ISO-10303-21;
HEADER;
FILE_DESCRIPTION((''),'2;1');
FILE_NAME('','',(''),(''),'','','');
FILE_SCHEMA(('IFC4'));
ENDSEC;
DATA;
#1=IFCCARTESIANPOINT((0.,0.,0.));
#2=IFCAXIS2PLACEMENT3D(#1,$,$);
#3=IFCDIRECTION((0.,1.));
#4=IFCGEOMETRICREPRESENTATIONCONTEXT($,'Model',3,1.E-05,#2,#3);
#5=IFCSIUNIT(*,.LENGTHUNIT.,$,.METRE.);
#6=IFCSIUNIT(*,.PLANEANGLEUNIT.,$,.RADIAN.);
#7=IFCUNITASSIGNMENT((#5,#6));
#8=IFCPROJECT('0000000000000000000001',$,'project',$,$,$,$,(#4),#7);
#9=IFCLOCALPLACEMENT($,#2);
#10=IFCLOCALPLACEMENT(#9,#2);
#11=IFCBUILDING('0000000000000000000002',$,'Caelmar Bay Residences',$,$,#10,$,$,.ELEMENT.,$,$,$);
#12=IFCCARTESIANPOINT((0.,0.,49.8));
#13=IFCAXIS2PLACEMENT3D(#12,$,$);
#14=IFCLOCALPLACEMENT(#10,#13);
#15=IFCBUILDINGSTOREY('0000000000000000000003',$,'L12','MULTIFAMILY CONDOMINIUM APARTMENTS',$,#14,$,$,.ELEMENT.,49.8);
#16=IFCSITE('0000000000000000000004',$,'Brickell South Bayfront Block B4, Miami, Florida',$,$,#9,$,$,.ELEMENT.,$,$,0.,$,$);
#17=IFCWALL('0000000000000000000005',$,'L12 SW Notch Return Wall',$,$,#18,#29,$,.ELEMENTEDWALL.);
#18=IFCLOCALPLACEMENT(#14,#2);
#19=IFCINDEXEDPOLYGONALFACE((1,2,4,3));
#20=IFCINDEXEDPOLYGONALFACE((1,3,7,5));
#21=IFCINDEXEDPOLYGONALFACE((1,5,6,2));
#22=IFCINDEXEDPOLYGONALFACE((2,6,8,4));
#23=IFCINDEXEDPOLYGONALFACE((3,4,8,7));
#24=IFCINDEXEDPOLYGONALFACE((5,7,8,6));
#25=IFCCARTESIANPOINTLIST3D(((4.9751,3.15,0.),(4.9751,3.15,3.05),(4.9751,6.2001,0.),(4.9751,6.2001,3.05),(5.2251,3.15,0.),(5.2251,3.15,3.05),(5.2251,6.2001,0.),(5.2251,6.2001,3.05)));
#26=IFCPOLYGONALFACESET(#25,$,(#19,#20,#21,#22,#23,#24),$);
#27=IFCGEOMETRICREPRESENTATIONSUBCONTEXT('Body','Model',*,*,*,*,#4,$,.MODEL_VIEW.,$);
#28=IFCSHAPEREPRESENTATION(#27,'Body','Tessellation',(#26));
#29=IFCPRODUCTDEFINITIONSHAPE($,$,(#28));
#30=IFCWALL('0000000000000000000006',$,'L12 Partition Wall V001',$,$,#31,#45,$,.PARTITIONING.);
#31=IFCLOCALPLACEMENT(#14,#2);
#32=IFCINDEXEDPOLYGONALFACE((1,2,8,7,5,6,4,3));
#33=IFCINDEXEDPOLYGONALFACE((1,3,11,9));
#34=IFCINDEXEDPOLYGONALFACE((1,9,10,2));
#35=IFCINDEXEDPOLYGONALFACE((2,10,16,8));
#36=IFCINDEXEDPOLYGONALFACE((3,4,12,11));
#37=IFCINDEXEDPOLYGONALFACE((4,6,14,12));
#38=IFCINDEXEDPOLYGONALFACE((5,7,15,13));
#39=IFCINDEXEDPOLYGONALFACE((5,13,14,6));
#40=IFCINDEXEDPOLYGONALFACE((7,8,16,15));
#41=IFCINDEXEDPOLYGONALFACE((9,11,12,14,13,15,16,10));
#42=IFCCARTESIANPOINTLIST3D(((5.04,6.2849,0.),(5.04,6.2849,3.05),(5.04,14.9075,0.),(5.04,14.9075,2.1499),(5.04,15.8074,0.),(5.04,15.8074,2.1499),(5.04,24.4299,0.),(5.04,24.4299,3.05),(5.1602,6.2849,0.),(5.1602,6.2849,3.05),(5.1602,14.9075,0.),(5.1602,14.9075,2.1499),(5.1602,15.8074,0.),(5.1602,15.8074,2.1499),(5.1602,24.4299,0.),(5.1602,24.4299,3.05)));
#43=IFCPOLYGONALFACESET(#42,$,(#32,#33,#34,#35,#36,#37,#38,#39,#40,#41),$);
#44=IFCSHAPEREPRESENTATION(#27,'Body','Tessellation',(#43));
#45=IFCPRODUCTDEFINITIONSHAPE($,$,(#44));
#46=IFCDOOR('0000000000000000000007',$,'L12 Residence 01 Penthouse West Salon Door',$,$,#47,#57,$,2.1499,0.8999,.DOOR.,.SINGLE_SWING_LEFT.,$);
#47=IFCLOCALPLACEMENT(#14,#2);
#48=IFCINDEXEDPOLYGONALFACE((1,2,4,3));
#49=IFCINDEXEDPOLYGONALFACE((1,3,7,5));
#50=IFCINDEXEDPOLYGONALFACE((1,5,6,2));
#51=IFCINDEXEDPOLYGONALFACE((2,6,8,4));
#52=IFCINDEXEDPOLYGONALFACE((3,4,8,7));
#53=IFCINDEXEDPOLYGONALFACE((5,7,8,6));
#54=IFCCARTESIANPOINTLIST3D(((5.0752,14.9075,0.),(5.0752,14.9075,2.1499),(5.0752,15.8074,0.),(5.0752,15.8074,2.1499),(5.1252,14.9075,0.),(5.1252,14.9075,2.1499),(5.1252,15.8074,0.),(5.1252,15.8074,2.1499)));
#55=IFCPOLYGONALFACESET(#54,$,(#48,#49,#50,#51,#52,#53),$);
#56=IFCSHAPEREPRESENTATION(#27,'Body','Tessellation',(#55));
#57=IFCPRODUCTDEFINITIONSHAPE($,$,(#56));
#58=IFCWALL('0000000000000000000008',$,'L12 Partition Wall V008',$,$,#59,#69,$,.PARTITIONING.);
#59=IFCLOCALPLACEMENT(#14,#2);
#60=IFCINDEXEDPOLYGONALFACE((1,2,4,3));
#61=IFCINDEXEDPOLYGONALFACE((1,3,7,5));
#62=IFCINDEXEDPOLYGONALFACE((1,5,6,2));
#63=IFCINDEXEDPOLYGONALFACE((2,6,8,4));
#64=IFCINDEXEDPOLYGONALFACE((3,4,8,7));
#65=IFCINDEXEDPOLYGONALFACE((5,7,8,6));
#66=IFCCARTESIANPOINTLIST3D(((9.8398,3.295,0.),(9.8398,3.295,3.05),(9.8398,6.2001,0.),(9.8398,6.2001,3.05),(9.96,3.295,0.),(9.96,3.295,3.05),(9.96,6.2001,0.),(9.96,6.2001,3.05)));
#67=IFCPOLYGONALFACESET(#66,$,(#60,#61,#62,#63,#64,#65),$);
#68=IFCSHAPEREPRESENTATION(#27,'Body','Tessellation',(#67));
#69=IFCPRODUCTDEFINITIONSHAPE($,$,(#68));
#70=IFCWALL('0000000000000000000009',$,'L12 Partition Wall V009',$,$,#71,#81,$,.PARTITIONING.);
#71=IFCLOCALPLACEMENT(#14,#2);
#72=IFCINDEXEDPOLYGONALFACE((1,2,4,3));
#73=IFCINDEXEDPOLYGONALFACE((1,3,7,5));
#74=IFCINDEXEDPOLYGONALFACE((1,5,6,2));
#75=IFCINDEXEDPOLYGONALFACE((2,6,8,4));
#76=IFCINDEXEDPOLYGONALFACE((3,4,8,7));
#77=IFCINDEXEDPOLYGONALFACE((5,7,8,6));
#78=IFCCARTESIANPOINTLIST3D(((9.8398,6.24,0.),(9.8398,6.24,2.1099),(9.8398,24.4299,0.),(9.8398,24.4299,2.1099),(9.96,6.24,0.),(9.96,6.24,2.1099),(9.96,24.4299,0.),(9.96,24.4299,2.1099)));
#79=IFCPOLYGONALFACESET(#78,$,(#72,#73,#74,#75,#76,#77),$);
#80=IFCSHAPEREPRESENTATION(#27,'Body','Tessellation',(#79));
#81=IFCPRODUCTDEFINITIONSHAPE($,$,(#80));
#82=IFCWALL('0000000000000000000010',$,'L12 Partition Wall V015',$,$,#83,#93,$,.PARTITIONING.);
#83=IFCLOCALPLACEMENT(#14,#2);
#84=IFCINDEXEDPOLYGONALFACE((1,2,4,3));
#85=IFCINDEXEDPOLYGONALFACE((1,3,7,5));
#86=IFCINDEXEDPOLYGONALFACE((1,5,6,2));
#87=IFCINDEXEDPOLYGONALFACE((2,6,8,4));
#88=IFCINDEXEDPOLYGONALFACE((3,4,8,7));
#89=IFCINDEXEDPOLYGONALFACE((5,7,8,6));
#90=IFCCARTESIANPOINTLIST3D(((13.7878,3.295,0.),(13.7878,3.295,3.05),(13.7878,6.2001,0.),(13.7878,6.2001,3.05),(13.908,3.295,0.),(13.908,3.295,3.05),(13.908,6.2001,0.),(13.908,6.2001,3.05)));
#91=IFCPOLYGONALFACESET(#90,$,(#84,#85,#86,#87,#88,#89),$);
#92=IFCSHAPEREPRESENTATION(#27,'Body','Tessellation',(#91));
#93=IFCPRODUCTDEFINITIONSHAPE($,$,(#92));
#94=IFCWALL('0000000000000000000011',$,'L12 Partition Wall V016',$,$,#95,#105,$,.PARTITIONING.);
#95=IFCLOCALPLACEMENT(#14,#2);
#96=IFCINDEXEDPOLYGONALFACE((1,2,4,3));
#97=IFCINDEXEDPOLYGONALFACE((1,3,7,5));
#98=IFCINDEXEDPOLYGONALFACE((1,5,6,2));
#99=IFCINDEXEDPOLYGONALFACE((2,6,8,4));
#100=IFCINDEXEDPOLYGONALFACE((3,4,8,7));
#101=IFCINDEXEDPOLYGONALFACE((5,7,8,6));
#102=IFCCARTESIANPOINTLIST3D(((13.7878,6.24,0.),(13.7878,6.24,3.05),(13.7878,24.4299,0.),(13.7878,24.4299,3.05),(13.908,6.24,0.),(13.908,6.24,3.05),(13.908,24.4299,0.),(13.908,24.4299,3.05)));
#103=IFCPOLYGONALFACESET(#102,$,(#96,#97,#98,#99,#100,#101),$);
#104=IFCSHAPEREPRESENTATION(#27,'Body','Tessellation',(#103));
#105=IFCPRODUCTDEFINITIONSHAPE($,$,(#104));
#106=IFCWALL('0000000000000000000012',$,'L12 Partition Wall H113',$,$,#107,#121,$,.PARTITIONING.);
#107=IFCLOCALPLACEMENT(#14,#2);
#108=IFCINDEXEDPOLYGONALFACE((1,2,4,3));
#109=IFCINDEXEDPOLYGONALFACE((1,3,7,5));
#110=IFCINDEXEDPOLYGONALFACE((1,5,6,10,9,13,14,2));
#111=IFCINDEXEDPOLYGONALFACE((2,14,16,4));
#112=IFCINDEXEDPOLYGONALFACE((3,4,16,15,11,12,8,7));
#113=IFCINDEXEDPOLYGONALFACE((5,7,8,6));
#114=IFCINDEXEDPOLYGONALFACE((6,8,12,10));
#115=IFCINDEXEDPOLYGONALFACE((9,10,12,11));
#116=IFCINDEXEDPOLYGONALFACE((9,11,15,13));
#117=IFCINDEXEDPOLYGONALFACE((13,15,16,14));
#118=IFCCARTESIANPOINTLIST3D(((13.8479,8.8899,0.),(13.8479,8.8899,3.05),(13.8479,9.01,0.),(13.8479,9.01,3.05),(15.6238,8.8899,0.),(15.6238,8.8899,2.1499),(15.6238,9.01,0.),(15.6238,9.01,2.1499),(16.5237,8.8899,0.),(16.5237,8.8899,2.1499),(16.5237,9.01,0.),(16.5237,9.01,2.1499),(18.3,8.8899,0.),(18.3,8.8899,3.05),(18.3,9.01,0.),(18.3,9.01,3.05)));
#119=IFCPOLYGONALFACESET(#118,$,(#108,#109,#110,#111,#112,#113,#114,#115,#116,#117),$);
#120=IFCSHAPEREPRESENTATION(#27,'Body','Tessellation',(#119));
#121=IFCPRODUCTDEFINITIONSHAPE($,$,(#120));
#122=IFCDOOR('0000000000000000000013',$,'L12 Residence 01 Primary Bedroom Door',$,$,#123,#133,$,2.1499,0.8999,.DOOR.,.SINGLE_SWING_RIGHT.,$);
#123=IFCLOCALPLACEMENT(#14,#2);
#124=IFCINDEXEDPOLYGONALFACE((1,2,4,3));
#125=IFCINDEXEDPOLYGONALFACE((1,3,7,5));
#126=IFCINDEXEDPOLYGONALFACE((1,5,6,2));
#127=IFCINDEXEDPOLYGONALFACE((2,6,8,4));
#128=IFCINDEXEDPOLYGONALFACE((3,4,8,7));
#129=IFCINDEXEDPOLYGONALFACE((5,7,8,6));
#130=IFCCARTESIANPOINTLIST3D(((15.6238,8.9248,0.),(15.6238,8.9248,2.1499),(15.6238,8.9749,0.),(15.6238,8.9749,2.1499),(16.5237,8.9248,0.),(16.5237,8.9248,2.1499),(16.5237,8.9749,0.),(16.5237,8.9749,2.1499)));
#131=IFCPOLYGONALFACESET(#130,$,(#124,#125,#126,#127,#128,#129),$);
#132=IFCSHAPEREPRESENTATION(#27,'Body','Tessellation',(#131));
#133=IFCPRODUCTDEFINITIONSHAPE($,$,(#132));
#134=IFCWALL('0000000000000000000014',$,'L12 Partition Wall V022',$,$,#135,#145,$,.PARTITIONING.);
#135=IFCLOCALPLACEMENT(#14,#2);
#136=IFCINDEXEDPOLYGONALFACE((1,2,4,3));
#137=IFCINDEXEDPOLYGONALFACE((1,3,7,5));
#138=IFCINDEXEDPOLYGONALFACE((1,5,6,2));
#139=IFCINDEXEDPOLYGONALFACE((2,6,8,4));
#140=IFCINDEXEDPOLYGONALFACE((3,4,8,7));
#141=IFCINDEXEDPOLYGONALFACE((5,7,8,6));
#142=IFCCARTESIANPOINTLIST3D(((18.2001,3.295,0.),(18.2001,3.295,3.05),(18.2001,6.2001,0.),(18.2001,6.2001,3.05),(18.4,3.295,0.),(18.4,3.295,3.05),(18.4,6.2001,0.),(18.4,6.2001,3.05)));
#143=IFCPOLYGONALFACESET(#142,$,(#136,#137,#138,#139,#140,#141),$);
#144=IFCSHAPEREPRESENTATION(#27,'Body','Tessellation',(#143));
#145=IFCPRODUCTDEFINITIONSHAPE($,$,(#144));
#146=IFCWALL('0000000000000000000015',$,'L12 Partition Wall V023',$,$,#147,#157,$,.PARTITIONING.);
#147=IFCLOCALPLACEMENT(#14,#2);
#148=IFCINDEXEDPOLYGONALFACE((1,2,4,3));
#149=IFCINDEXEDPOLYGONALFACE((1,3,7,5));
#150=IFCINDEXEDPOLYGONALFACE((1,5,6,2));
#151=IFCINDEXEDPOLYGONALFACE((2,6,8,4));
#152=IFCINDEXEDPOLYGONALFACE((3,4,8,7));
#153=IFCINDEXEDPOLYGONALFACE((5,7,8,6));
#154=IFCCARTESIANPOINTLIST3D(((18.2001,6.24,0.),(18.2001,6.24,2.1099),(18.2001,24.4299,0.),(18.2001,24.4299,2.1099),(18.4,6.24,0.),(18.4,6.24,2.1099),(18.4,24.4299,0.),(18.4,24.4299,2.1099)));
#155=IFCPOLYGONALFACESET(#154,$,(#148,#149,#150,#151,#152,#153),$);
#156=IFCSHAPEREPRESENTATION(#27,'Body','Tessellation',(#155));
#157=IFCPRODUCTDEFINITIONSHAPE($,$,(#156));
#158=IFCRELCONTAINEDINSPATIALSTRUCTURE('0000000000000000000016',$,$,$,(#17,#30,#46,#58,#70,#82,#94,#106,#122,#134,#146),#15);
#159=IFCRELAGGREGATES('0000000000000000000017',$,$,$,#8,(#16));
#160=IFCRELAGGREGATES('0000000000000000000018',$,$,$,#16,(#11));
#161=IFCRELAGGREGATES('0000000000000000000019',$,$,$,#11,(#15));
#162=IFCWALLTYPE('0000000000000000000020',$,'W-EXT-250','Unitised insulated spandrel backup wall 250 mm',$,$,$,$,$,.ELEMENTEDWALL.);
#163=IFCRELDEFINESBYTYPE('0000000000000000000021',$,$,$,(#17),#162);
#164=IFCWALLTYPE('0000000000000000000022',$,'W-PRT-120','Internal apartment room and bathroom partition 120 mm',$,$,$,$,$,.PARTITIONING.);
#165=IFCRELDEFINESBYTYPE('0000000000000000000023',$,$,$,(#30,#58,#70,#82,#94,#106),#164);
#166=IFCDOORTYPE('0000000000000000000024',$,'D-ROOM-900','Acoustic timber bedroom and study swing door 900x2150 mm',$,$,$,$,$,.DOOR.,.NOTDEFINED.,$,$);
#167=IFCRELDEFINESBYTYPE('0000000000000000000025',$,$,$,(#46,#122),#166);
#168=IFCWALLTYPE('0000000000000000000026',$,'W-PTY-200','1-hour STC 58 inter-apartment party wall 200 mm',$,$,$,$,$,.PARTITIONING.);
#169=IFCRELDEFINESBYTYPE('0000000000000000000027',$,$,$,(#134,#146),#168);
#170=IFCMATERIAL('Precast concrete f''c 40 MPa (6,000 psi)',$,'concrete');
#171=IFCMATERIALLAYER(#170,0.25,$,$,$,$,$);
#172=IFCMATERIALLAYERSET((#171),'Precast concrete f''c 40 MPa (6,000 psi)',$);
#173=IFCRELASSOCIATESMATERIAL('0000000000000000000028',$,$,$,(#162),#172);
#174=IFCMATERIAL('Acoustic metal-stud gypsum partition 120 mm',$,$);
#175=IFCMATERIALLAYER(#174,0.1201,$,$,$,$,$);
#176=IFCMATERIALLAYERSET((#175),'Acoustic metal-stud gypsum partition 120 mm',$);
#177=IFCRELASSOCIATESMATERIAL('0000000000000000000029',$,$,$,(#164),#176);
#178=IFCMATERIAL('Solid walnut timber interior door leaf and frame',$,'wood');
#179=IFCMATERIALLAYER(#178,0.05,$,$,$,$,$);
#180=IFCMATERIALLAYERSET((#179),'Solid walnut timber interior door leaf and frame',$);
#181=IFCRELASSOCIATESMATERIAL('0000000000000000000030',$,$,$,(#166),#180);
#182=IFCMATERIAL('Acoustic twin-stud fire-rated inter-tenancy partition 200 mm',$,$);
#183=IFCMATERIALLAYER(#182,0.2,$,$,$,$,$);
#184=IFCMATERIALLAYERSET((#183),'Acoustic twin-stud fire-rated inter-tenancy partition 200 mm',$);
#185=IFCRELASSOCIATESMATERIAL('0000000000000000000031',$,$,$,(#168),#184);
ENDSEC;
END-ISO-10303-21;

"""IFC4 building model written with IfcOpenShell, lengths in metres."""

from ifc_helpers import new_model, si_unit, direction, frame, frame_2d, origin, place, context, subcontext, project, spatial, rectangle, extrude, material, layer, layer_set, type_object, element, fill, save


model = new_model("IFC4")

# Units and contexts
model_context = context("Model", 3, precision=1e-05, world=origin(), true_north=direction((0.0, 1.0)))
body_context = subcontext(model_context, "Body", "Model", "MODEL_VIEW")
ifc_project = project(units=[si_unit("LENGTHUNIT", "METRE"), si_unit("PLANEANGLEUNIT", "RADIAN")], contexts=[model_context])

# Site, building, storey
site_placement = place(None, origin())
site = spatial("IfcSite", under=ifc_project, at=site_placement, Name="Brickell South Bayfront Block B4, Miami, Florida", CompositionType="ELEMENT", RefElevation=0.0)
building_placement = place(site_placement, origin())
building = spatial("IfcBuilding", under=site, at=building_placement, Name="Caelmar Bay Residences", CompositionType="ELEMENT")
storey_placement = place(building_placement, frame((0.0, 0.0, 49.8)))
storey = spatial("IfcBuildingStorey", under=building, at=storey_placement, Name="L12", Description="MULTIFAMILY CONDOMINIUM APARTMENTS", CompositionType="ELEMENT", Elevation=49.8)

# Wall
ifc_material_1 = material(Name="Precast concrete f'c 40 MPa (6,000 psi)", Category="concrete")
ifc_layer_1 = layer(ifc_material_1, 0.25)
ifc_layer_set_1 = layer_set([ifc_layer_1], Name="Precast concrete f'c 40 MPa (6,000 psi)")
wall_type_1 = type_object("IfcWallType", Name="W-EXT-250", Description="Unitised insulated spandrel backup wall 250 mm", PredefinedType="ELEMENTEDWALL", material=ifc_layer_set_1)
wall_1_placement = place(storey_placement, frame((5.1001, 6.2, 0.0), z_axis=(0.0, 0.0, 1.0), x_axis=(0.0, -1.0, 0.0)))
element("IfcWall", 1, at=wall_1_placement, inside=storey, type_object=wall_type_1, Name="L12 SW Notch Return Wall", PredefinedType="ELEMENTEDWALL", context=body_context, shape_type="SweptSolid", body=[
    extrude(rectangle(XDim=3.05, YDim=0.25, at=frame_2d((1.5249, 0.0))), origin(), (0.0, 0.0, 1.0), 3.05),
])

# Wall, opening, door
ifc_material_2 = material(Name="Acoustic metal-stud gypsum partition 120 mm")
ifc_layer_2 = layer(ifc_material_2, 0.1201)
ifc_layer_set_2 = layer_set([ifc_layer_2], Name="Acoustic metal-stud gypsum partition 120 mm")
wall_type_2 = type_object("IfcWallType", Name="W-PRT-120", Description="Internal apartment room and bathroom partition 120 mm", PredefinedType="PARTITIONING", material=ifc_layer_set_2)
wall_2_placement = place(storey_placement, frame((5.1001, 6.2849, 0.0), z_axis=(0.0, 0.0, 1.0), x_axis=(0.0, 1.0, 0.0)))
wall_2 = element("IfcWall", 2, at=wall_2_placement, inside=storey, type_object=wall_type_2, Name="L12 Partition Wall V001", PredefinedType="PARTITIONING", context=body_context, shape_type="SweptSolid", body=[
    extrude(rectangle(XDim=18.145, YDim=0.1201, at=frame_2d((9.0725, 0.0))), origin(), (0.0, 0.0, 1.0), 3.05),
])
opening_1_placement = place(wall_2_placement, frame((8.6226, 0.0, 0.0)))
opening_1 = element("IfcOpeningElement", 3, at=opening_1_placement, cuts=wall_2, PredefinedType="OPENING", context=body_context, shape_type="SweptSolid", body=[
    extrude(rectangle(XDim=0.8999, YDim=2.1499, at=frame_2d((0.45, 1.075))), frame((0.0, 0.0701, 0.0), z_axis=(0.0, -1.0, 0.0), x_axis=(1.0, 0.0, 0.0)), (0.0, 0.0, 1.0), 0.1401),
])
ifc_material_3 = material(Name="Solid walnut timber interior door leaf and frame", Category="wood")
ifc_layer_3 = layer(ifc_material_3, 0.05)
ifc_layer_set_3 = layer_set([ifc_layer_3], Name="Solid walnut timber interior door leaf and frame")
door_type = type_object("IfcDoorType", Name="D-ROOM-900", Description="Acoustic timber bedroom and study swing door 900x2150 mm", OperationType="NOTDEFINED", PredefinedType="DOOR", material=ifc_layer_set_3)
door_1_placement = place(opening_1_placement, origin())
door_1 = element("IfcDoor", 4, at=door_1_placement, inside=storey, type_object=door_type, Name="L12 Residence 01 Penthouse West Salon Door", OperationType="SINGLE_SWING_LEFT", OverallHeight=2.1499, OverallWidth=0.8999, PredefinedType="DOOR", context=body_context, shape_type="SweptSolid", body=[
    extrude(rectangle(XDim=0.8999, YDim=2.1499, at=frame_2d((0.45, 1.075))), frame((0.0, 0.0249, 0.0), z_axis=(0.0, -1.0, 0.0), x_axis=(1.0, 0.0, 0.0)), (0.0, 0.0, 1.0), 0.05),
])
fill(opening_1, door_1)

# Walls
wall_3_placement = place(storey_placement, frame((9.8999, 3.2949, 0.0), z_axis=(0.0, 0.0, 1.0), x_axis=(0.0, 1.0, 0.0)))
element("IfcWall", 5, at=wall_3_placement, inside=storey, type_object=wall_type_2, Name="L12 Partition Wall V008", PredefinedType="PARTITIONING", context=body_context, shape_type="SweptSolid", body=[
    extrude(rectangle(XDim=2.905, YDim=0.1201, at=frame_2d((1.4526, 0.0))), origin(), (0.0, 0.0, 1.0), 3.05),
])
wall_4_placement = place(storey_placement, frame((9.8999, 6.24, 0.0), z_axis=(0.0, 0.0, 1.0), x_axis=(0.0, 1.0, 0.0)))
element("IfcWall", 6, at=wall_4_placement, inside=storey, type_object=wall_type_2, Name="L12 Partition Wall V009", PredefinedType="PARTITIONING", context=body_context, shape_type="SweptSolid", body=[
    extrude(rectangle(XDim=18.1899, YDim=0.1201, at=frame_2d((9.095, 0.0))), origin(), (0.0, 0.0, 1.0), 2.1099),
])
wall_5_placement = place(storey_placement, frame((13.8479, 3.2949, 0.0), z_axis=(0.0, 0.0, 1.0), x_axis=(0.0, 1.0, 0.0)))
element("IfcWall", 7, at=wall_5_placement, inside=storey, type_object=wall_type_2, Name="L12 Partition Wall V015", PredefinedType="PARTITIONING", context=body_context, shape_type="SweptSolid", body=[
    extrude(rectangle(XDim=2.905, YDim=0.1201, at=frame_2d((1.4526, 0.0))), origin(), (0.0, 0.0, 1.0), 3.05),
])
wall_6_placement = place(storey_placement, frame((13.8479, 6.24, 0.0), z_axis=(0.0, 0.0, 1.0), x_axis=(0.0, 1.0, 0.0)))
element("IfcWall", 8, at=wall_6_placement, inside=storey, type_object=wall_type_2, Name="L12 Partition Wall V016", PredefinedType="PARTITIONING", context=body_context, shape_type="SweptSolid", body=[
    extrude(rectangle(XDim=18.1899, YDim=0.1201, at=frame_2d((9.095, 0.0))), origin(), (0.0, 0.0, 1.0), 3.05),
])

# Wall, opening, door
wall_7_placement = place(storey_placement, frame((13.8479, 8.95, 0.0), z_axis=(0.0, 0.0, 1.0), x_axis=(1.0, 0.0, 0.0)))
wall_7 = element("IfcWall", 9, at=wall_7_placement, inside=storey, type_object=wall_type_2, Name="L12 Partition Wall H113", PredefinedType="PARTITIONING", context=body_context, shape_type="SweptSolid", body=[
    extrude(rectangle(XDim=4.4521, YDim=0.1201, at=frame_2d((2.2261, 0.0))), origin(), (0.0, 0.0, 1.0), 3.05),
])
opening_2_placement = place(wall_7_placement, frame((1.7759, 0.0, 0.0)))
opening_2 = element("IfcOpeningElement", 10, at=opening_2_placement, cuts=wall_7, PredefinedType="OPENING", context=body_context, shape_type="SweptSolid", body=[
    extrude(rectangle(XDim=0.8999, YDim=2.1499, at=frame_2d((0.45, 1.075))), frame((0.0, 0.0701, 0.0), z_axis=(0.0, -1.0, 0.0), x_axis=(1.0, 0.0, 0.0)), (0.0, 0.0, 1.0), 0.1401),
])
door_2_placement = place(opening_2_placement, origin())
door_2 = element("IfcDoor", 11, at=door_2_placement, inside=storey, type_object=door_type, Name="L12 Residence 01 Primary Bedroom Door", OperationType="SINGLE_SWING_RIGHT", OverallHeight=2.1499, OverallWidth=0.8999, PredefinedType="DOOR", context=body_context, shape_type="SweptSolid", body=[
    extrude(rectangle(XDim=0.8999, YDim=2.1499, at=frame_2d((0.45, 1.075))), frame((0.0, 0.0249, 0.0), z_axis=(0.0, -1.0, 0.0), x_axis=(1.0, 0.0, 0.0)), (0.0, 0.0, 1.0), 0.05),
])
fill(opening_2, door_2)

# Walls
ifc_material_4 = material(Name="Acoustic twin-stud fire-rated inter-tenancy partition 200 mm")
ifc_layer_4 = layer(ifc_material_4, 0.2)
ifc_layer_set_4 = layer_set([ifc_layer_4], Name="Acoustic twin-stud fire-rated inter-tenancy partition 200 mm")
wall_type_3 = type_object("IfcWallType", Name="W-PTY-200", Description="1-hour STC 58 inter-apartment party wall 200 mm", PredefinedType="PARTITIONING", material=ifc_layer_set_4)
wall_8_placement = place(storey_placement, frame((18.3, 3.2949, 0.0), z_axis=(0.0, 0.0, 1.0), x_axis=(0.0, 1.0, 0.0)))
element("IfcWall", 12, at=wall_8_placement, inside=storey, type_object=wall_type_3, Name="L12 Partition Wall V022", PredefinedType="PARTITIONING", context=body_context, shape_type="SweptSolid", body=[
    extrude(rectangle(XDim=2.905, YDim=0.2, at=frame_2d((1.4526, 0.0))), origin(), (0.0, 0.0, 1.0), 3.05),
])
wall_9_placement = place(storey_placement, frame((18.3, 6.24, 0.0), z_axis=(0.0, 0.0, 1.0), x_axis=(0.0, 1.0, 0.0)))
element("IfcWall", 13, at=wall_9_placement, inside=storey, type_object=wall_type_3, Name="L12 Partition Wall V023", PredefinedType="PARTITIONING", context=body_context, shape_type="SweptSolid", body=[
    extrude(rectangle(XDim=18.1899, YDim=0.2, at=frame_2d((9.095, 0.0))), origin(), (0.0, 0.0, 1.0), 2.1099),
])

save(model, "model.ifc")
